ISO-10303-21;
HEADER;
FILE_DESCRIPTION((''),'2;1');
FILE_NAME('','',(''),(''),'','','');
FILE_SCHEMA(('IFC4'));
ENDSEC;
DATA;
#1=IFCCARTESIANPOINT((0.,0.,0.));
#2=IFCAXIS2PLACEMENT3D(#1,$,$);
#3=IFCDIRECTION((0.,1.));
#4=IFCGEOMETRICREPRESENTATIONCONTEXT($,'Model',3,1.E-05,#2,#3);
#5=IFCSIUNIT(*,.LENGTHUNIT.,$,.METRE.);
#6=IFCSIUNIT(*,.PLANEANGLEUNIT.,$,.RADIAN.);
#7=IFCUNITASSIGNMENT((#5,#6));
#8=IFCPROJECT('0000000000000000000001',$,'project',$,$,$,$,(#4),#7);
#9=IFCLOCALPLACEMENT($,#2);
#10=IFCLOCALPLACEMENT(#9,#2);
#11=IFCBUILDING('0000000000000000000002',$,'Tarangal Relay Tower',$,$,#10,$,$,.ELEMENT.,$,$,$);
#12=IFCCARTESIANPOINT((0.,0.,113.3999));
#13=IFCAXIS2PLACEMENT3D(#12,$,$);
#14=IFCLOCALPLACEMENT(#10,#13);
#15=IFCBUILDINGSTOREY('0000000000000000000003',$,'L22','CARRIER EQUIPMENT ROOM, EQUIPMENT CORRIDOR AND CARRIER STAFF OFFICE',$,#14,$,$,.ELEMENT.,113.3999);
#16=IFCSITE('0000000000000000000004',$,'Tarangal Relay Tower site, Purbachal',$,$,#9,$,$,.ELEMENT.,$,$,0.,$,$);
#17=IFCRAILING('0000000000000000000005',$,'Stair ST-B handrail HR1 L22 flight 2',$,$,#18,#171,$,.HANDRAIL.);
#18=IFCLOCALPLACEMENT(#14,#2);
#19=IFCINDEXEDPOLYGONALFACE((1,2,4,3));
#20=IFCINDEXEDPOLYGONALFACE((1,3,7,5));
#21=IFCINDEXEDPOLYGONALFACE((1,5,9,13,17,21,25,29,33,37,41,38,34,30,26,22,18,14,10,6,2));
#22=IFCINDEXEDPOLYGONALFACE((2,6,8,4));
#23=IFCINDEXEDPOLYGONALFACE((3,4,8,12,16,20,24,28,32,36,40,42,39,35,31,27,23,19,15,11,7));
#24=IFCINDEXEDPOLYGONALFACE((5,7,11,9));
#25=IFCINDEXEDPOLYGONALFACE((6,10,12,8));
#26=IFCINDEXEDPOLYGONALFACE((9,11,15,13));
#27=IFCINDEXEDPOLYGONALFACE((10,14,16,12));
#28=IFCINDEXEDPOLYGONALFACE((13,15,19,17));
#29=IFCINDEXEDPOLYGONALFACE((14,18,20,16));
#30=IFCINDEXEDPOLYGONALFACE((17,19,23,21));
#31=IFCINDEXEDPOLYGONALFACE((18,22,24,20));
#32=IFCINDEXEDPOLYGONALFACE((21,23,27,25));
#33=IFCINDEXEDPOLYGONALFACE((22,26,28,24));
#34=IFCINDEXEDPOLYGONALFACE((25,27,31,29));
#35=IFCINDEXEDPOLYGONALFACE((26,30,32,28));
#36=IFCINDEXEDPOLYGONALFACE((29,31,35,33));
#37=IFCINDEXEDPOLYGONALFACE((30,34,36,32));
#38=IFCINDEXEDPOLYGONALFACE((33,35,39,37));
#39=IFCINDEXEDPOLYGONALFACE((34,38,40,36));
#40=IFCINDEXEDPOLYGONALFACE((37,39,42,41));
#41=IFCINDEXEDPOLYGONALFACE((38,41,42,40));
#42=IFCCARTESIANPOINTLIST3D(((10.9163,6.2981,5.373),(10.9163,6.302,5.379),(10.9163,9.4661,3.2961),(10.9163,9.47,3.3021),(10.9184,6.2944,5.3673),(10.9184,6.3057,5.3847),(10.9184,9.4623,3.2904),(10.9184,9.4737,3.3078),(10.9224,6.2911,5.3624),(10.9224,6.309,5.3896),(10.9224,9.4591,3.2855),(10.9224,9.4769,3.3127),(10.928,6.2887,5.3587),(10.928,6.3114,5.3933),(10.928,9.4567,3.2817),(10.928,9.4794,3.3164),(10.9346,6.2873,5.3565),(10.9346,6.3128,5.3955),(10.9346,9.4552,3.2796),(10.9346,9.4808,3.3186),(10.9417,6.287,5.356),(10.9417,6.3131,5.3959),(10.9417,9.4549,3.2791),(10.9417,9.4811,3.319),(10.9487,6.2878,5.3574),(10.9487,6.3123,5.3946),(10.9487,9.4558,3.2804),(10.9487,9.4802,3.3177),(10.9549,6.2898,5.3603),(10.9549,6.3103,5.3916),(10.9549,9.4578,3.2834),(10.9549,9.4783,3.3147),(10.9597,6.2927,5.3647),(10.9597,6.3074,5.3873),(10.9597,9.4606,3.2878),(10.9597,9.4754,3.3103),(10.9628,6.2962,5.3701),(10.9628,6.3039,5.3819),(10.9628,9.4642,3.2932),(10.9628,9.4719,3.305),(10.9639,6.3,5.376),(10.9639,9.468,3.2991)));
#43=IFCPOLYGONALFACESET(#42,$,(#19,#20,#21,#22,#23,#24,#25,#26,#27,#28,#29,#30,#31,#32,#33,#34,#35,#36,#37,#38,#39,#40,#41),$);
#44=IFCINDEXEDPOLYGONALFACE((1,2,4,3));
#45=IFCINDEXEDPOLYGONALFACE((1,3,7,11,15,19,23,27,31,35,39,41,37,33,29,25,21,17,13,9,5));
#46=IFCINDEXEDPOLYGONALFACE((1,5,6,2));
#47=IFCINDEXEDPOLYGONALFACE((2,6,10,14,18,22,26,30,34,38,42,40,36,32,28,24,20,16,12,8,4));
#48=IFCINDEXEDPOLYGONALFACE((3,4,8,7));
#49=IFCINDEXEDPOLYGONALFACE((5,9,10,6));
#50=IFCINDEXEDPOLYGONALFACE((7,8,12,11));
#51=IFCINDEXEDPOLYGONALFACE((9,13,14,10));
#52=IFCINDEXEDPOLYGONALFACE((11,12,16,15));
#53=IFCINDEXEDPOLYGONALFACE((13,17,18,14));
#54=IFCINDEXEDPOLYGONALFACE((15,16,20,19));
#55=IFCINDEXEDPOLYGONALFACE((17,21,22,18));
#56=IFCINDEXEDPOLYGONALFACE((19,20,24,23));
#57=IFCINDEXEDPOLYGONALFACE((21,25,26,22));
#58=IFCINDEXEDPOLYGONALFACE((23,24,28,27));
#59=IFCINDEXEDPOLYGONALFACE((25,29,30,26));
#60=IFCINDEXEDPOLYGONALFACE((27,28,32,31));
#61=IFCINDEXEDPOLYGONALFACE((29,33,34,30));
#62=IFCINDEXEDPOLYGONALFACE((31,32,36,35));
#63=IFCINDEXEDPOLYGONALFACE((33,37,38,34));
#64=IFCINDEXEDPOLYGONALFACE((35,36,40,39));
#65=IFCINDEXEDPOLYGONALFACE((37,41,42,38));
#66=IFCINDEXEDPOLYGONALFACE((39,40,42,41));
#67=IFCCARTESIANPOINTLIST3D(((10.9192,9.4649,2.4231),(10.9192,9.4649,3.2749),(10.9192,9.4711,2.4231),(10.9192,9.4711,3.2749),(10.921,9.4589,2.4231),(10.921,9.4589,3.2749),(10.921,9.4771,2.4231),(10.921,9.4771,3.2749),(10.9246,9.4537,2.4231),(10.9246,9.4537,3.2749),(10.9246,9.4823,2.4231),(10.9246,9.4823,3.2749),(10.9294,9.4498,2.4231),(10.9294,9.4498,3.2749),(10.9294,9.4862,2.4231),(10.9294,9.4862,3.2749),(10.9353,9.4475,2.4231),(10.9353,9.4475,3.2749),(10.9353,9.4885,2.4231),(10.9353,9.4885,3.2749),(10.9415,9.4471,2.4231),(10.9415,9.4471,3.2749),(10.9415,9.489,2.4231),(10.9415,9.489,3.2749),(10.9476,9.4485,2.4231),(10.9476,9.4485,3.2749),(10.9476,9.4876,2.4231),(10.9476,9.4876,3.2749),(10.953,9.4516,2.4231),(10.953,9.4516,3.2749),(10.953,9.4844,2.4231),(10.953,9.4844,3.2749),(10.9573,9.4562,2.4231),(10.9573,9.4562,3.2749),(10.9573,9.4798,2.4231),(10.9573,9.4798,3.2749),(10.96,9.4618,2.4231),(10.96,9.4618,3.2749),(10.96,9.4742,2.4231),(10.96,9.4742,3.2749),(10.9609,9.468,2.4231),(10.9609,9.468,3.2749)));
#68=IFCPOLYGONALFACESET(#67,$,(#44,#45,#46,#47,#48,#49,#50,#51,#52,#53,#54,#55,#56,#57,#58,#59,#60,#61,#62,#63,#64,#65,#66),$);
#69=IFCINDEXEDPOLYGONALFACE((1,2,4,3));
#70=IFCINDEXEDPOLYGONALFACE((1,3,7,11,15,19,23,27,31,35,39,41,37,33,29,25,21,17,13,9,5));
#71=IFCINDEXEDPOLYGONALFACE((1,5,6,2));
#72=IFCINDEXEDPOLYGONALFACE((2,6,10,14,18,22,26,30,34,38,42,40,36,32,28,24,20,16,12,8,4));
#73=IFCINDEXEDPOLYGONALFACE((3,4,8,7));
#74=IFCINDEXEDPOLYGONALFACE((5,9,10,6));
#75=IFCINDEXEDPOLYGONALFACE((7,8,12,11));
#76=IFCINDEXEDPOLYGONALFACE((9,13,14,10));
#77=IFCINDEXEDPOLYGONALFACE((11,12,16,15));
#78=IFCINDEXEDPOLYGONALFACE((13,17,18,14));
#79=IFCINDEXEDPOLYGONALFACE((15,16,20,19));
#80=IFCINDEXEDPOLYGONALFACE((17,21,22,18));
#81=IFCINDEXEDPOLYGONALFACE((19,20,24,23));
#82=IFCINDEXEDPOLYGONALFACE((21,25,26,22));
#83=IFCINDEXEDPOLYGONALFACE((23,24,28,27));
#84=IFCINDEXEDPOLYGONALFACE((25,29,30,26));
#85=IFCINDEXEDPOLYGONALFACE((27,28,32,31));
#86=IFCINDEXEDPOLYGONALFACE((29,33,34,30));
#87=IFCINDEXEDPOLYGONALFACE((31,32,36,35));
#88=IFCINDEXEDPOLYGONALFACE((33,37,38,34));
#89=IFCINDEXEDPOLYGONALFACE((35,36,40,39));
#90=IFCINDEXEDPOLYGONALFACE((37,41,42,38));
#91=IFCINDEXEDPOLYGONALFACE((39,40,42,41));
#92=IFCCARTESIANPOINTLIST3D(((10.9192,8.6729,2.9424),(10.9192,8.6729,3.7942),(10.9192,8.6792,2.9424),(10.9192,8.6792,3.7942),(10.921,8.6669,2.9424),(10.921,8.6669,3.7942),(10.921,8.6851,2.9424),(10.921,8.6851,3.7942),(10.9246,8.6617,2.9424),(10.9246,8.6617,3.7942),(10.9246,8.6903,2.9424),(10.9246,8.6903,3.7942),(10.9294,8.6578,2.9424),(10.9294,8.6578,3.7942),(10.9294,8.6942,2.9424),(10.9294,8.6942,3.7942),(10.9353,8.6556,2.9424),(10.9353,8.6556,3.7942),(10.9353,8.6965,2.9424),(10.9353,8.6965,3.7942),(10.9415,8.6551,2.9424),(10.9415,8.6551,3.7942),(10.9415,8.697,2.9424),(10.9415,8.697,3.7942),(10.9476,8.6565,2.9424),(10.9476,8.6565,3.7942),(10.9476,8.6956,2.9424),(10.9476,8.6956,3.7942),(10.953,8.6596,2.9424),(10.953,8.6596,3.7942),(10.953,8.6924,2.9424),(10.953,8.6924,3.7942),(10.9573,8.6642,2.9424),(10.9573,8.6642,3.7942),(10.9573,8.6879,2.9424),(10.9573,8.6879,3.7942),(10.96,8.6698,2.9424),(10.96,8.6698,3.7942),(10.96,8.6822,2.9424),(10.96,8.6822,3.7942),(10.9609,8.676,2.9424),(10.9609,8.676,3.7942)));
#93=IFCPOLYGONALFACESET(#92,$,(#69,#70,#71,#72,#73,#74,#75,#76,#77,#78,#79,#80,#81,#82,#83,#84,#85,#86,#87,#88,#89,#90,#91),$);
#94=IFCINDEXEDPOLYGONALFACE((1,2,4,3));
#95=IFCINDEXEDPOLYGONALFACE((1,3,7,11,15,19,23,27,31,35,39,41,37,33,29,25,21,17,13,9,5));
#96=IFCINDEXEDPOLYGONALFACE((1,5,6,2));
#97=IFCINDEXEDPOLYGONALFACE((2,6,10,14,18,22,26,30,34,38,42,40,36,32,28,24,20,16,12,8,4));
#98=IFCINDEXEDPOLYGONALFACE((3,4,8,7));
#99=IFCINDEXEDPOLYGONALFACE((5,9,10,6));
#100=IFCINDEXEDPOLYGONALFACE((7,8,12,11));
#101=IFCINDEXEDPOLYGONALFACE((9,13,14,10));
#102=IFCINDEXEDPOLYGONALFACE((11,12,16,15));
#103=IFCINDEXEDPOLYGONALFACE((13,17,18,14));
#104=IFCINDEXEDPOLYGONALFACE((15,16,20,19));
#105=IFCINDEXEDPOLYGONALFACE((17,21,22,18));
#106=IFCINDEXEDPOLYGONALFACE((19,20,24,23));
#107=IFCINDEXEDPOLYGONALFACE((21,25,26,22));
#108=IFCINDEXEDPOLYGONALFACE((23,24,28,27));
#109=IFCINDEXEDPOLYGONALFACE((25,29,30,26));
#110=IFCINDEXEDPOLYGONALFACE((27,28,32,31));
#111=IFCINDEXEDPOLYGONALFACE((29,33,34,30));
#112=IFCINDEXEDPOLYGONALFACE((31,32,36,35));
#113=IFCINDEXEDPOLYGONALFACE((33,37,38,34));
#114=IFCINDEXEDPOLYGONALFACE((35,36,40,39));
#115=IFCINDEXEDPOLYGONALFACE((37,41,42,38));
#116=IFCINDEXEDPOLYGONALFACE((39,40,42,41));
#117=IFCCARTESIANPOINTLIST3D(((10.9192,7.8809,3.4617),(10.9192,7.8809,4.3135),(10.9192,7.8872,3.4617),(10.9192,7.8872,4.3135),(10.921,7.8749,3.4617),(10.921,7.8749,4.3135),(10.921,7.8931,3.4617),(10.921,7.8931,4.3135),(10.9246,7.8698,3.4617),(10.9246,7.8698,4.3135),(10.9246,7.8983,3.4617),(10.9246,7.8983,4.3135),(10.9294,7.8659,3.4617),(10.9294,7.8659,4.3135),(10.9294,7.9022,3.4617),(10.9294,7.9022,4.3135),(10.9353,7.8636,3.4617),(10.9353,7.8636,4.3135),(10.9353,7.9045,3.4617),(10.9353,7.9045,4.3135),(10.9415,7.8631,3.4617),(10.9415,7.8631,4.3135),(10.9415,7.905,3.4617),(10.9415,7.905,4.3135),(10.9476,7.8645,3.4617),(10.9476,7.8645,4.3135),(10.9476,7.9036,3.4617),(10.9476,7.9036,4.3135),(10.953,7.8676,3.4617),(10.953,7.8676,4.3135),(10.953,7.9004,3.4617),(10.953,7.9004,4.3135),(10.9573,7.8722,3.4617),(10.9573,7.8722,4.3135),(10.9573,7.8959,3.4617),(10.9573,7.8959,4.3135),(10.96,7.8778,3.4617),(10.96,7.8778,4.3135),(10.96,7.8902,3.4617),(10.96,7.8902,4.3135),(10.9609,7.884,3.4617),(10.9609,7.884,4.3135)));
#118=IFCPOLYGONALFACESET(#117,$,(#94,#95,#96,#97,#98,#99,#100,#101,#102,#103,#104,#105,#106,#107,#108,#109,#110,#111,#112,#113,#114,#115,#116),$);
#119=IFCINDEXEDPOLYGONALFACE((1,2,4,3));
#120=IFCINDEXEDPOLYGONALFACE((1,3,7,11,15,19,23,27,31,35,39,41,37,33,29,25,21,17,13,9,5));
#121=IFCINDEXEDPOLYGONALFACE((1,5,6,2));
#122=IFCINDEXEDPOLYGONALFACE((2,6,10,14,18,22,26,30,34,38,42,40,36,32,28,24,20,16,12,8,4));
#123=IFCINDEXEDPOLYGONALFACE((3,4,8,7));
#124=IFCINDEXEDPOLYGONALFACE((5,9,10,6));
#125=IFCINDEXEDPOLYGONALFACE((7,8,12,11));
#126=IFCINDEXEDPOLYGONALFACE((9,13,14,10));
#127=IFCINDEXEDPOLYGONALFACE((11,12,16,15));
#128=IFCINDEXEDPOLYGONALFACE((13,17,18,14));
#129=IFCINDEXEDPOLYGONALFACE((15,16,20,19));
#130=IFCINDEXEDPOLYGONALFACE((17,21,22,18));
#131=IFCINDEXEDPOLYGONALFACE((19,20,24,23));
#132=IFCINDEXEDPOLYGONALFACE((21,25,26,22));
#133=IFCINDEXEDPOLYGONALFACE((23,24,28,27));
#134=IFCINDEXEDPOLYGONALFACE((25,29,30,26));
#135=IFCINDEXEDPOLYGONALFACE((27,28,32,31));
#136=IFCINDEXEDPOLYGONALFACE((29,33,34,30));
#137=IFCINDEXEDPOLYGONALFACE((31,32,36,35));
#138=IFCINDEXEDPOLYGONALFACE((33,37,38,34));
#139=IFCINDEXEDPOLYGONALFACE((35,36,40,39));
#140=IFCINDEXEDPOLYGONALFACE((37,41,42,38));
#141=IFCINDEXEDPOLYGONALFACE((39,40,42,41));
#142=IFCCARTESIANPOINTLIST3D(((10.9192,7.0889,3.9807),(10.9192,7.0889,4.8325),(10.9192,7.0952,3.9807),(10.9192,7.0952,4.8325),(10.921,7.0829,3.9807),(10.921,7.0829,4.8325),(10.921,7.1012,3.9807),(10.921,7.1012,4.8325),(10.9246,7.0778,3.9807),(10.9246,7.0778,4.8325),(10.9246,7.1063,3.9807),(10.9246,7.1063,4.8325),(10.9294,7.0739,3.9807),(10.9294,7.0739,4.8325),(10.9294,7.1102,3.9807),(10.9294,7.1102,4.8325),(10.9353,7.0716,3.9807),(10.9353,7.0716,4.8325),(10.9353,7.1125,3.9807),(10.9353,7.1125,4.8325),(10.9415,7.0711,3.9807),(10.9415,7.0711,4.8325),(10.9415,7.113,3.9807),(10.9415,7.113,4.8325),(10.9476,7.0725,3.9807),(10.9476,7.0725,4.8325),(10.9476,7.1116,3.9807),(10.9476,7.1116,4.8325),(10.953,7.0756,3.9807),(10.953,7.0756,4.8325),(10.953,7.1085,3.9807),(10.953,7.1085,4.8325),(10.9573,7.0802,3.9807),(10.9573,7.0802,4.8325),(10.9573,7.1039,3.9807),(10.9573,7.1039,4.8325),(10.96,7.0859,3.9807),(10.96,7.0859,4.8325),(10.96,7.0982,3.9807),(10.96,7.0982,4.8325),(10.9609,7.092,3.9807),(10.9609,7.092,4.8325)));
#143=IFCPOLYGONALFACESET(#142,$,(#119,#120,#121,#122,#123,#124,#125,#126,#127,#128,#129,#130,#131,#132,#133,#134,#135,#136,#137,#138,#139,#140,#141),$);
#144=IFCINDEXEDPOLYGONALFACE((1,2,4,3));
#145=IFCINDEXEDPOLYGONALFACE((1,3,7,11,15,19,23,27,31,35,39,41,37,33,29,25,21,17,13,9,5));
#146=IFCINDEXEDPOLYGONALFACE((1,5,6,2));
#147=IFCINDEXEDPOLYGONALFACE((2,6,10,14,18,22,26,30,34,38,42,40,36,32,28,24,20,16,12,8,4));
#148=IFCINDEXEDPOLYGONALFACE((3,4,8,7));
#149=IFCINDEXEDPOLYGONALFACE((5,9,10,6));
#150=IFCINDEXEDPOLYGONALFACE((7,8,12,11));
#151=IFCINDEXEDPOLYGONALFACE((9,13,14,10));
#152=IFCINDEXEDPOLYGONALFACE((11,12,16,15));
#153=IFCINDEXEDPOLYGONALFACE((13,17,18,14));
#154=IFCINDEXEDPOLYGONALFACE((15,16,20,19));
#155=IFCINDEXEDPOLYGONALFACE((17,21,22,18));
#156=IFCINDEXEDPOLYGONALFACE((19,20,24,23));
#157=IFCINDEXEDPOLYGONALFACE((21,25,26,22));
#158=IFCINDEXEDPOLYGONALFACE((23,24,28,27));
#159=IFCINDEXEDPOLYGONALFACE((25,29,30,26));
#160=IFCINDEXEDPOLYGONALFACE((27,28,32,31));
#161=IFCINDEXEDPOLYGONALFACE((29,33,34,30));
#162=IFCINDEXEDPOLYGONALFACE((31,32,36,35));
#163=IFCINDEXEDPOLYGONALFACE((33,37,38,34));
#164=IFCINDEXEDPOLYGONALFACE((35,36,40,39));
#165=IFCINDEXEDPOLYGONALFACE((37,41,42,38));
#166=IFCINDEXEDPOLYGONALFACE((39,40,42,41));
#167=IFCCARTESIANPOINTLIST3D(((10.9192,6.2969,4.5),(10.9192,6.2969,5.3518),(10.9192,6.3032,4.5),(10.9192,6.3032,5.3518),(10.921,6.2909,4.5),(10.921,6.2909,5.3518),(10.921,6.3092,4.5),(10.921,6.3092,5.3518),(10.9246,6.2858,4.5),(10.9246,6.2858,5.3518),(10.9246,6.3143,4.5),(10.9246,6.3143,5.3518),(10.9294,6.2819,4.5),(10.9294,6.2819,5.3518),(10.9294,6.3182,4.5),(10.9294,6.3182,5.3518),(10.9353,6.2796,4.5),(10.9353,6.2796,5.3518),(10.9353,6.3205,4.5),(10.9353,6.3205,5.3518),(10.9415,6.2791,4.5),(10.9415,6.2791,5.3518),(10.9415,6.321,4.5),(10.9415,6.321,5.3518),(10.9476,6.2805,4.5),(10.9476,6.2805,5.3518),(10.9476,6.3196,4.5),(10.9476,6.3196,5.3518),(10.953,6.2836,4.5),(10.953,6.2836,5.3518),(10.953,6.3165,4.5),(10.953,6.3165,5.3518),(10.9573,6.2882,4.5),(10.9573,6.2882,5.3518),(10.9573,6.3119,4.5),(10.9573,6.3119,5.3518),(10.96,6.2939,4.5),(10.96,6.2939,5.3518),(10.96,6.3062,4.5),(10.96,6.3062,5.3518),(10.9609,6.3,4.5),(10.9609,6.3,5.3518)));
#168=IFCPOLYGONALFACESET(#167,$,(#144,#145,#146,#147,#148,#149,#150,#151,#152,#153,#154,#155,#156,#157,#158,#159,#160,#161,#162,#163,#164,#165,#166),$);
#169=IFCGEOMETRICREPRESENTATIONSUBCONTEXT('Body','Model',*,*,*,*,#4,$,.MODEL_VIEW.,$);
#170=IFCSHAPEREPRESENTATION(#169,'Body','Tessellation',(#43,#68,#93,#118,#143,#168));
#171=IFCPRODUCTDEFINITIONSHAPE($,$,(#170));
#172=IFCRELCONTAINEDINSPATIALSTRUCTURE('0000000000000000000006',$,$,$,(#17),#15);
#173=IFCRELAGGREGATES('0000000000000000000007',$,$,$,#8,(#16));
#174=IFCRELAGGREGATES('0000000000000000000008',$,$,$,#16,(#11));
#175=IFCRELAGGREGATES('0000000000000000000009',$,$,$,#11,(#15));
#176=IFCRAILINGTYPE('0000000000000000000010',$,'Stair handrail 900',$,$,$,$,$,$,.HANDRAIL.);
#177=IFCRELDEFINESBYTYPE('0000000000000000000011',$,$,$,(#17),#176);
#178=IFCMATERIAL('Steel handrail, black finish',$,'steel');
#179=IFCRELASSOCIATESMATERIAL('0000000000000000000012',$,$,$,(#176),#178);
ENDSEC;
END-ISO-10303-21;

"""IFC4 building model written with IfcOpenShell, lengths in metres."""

from ifc_helpers import new_model, si_unit, direction, frame, origin, origin_2d, place, context, subcontext, project, spatial, circle, extrude, material, type_object, element, save


model = new_model("IFC4")

# Units and contexts
model_context = context("Model", 3, precision=1e-05, world=origin(), true_north=direction((0.0, 1.0)))
body_context = subcontext(model_context, "Body", "Model", "MODEL_VIEW")
ifc_project = project(units=[si_unit("LENGTHUNIT", "METRE"), si_unit("PLANEANGLEUNIT", "RADIAN")], contexts=[model_context])

# Site, building, storey
site_placement = place(None, origin())
site = spatial("IfcSite", under=ifc_project, at=site_placement, Name="Tarangal Relay Tower site, Purbachal", CompositionType="ELEMENT", RefElevation=0.0)
building_placement = place(site_placement, origin())
building = spatial("IfcBuilding", under=site, at=building_placement, Name="Tarangal Relay Tower", CompositionType="ELEMENT")
storey_placement = place(building_placement, frame((0.0, 0.0, 113.3999)))
storey = spatial("IfcBuildingStorey", under=building, at=storey_placement, Name="L22", Description="CARRIER EQUIPMENT ROOM, EQUIPMENT CORRIDOR AND CARRIER STAFF OFFICE", CompositionType="ELEMENT", Elevation=113.3999)

# Railing
ifc_material_1 = material(Name="Steel handrail, black finish", Category="steel")
railing_type_1 = type_object("IfcRailingType", Name="Stair handrail 900", PredefinedType="HANDRAIL", material=ifc_material_1)
railing_1_placement = place(storey_placement, frame((10.9399, 9.468, 2.4231)))
element("IfcRailing", 1, at=railing_1_placement, inside=storey, type_object=railing_type_1, Name="Stair ST-B handrail HR1 L22 flight 2", PredefinedType="HANDRAIL", context=body_context, shape_type="SweptSolid", body=[
    extrude(circle(Radius=0.0239, at=origin_2d()), frame((0.0, 0.0, 0.876), z_axis=(0.0, -0.836299, 0.548273), x_axis=(1.0, 0.0, 0.0)), (0.0, 0.0, 1.0), 3.7881),
    extrude(circle(Radius=0.021, at=origin_2d()), origin(), (0.0, 0.0, 1.0), 0.8518),
    extrude(circle(Radius=0.021, at=origin_2d()), frame((0.0, -0.792, 0.5193)), (0.0, 0.0, 1.0), 0.8518),
    extrude(circle(Radius=0.021, at=origin_2d()), frame((0.0, -1.584, 1.0386)), (0.0, 0.0, 1.0), 0.8518),
    extrude(circle(Radius=0.021, at=origin_2d()), frame((0.0, -2.376, 1.5576)), (0.0, 0.0, 1.0), 0.8518),
    extrude(circle(Radius=0.021, at=origin_2d()), frame((0.0, -3.168, 2.0769)), (0.0, 0.0, 1.0), 0.8518),
])

save(model, "model.ifc")
